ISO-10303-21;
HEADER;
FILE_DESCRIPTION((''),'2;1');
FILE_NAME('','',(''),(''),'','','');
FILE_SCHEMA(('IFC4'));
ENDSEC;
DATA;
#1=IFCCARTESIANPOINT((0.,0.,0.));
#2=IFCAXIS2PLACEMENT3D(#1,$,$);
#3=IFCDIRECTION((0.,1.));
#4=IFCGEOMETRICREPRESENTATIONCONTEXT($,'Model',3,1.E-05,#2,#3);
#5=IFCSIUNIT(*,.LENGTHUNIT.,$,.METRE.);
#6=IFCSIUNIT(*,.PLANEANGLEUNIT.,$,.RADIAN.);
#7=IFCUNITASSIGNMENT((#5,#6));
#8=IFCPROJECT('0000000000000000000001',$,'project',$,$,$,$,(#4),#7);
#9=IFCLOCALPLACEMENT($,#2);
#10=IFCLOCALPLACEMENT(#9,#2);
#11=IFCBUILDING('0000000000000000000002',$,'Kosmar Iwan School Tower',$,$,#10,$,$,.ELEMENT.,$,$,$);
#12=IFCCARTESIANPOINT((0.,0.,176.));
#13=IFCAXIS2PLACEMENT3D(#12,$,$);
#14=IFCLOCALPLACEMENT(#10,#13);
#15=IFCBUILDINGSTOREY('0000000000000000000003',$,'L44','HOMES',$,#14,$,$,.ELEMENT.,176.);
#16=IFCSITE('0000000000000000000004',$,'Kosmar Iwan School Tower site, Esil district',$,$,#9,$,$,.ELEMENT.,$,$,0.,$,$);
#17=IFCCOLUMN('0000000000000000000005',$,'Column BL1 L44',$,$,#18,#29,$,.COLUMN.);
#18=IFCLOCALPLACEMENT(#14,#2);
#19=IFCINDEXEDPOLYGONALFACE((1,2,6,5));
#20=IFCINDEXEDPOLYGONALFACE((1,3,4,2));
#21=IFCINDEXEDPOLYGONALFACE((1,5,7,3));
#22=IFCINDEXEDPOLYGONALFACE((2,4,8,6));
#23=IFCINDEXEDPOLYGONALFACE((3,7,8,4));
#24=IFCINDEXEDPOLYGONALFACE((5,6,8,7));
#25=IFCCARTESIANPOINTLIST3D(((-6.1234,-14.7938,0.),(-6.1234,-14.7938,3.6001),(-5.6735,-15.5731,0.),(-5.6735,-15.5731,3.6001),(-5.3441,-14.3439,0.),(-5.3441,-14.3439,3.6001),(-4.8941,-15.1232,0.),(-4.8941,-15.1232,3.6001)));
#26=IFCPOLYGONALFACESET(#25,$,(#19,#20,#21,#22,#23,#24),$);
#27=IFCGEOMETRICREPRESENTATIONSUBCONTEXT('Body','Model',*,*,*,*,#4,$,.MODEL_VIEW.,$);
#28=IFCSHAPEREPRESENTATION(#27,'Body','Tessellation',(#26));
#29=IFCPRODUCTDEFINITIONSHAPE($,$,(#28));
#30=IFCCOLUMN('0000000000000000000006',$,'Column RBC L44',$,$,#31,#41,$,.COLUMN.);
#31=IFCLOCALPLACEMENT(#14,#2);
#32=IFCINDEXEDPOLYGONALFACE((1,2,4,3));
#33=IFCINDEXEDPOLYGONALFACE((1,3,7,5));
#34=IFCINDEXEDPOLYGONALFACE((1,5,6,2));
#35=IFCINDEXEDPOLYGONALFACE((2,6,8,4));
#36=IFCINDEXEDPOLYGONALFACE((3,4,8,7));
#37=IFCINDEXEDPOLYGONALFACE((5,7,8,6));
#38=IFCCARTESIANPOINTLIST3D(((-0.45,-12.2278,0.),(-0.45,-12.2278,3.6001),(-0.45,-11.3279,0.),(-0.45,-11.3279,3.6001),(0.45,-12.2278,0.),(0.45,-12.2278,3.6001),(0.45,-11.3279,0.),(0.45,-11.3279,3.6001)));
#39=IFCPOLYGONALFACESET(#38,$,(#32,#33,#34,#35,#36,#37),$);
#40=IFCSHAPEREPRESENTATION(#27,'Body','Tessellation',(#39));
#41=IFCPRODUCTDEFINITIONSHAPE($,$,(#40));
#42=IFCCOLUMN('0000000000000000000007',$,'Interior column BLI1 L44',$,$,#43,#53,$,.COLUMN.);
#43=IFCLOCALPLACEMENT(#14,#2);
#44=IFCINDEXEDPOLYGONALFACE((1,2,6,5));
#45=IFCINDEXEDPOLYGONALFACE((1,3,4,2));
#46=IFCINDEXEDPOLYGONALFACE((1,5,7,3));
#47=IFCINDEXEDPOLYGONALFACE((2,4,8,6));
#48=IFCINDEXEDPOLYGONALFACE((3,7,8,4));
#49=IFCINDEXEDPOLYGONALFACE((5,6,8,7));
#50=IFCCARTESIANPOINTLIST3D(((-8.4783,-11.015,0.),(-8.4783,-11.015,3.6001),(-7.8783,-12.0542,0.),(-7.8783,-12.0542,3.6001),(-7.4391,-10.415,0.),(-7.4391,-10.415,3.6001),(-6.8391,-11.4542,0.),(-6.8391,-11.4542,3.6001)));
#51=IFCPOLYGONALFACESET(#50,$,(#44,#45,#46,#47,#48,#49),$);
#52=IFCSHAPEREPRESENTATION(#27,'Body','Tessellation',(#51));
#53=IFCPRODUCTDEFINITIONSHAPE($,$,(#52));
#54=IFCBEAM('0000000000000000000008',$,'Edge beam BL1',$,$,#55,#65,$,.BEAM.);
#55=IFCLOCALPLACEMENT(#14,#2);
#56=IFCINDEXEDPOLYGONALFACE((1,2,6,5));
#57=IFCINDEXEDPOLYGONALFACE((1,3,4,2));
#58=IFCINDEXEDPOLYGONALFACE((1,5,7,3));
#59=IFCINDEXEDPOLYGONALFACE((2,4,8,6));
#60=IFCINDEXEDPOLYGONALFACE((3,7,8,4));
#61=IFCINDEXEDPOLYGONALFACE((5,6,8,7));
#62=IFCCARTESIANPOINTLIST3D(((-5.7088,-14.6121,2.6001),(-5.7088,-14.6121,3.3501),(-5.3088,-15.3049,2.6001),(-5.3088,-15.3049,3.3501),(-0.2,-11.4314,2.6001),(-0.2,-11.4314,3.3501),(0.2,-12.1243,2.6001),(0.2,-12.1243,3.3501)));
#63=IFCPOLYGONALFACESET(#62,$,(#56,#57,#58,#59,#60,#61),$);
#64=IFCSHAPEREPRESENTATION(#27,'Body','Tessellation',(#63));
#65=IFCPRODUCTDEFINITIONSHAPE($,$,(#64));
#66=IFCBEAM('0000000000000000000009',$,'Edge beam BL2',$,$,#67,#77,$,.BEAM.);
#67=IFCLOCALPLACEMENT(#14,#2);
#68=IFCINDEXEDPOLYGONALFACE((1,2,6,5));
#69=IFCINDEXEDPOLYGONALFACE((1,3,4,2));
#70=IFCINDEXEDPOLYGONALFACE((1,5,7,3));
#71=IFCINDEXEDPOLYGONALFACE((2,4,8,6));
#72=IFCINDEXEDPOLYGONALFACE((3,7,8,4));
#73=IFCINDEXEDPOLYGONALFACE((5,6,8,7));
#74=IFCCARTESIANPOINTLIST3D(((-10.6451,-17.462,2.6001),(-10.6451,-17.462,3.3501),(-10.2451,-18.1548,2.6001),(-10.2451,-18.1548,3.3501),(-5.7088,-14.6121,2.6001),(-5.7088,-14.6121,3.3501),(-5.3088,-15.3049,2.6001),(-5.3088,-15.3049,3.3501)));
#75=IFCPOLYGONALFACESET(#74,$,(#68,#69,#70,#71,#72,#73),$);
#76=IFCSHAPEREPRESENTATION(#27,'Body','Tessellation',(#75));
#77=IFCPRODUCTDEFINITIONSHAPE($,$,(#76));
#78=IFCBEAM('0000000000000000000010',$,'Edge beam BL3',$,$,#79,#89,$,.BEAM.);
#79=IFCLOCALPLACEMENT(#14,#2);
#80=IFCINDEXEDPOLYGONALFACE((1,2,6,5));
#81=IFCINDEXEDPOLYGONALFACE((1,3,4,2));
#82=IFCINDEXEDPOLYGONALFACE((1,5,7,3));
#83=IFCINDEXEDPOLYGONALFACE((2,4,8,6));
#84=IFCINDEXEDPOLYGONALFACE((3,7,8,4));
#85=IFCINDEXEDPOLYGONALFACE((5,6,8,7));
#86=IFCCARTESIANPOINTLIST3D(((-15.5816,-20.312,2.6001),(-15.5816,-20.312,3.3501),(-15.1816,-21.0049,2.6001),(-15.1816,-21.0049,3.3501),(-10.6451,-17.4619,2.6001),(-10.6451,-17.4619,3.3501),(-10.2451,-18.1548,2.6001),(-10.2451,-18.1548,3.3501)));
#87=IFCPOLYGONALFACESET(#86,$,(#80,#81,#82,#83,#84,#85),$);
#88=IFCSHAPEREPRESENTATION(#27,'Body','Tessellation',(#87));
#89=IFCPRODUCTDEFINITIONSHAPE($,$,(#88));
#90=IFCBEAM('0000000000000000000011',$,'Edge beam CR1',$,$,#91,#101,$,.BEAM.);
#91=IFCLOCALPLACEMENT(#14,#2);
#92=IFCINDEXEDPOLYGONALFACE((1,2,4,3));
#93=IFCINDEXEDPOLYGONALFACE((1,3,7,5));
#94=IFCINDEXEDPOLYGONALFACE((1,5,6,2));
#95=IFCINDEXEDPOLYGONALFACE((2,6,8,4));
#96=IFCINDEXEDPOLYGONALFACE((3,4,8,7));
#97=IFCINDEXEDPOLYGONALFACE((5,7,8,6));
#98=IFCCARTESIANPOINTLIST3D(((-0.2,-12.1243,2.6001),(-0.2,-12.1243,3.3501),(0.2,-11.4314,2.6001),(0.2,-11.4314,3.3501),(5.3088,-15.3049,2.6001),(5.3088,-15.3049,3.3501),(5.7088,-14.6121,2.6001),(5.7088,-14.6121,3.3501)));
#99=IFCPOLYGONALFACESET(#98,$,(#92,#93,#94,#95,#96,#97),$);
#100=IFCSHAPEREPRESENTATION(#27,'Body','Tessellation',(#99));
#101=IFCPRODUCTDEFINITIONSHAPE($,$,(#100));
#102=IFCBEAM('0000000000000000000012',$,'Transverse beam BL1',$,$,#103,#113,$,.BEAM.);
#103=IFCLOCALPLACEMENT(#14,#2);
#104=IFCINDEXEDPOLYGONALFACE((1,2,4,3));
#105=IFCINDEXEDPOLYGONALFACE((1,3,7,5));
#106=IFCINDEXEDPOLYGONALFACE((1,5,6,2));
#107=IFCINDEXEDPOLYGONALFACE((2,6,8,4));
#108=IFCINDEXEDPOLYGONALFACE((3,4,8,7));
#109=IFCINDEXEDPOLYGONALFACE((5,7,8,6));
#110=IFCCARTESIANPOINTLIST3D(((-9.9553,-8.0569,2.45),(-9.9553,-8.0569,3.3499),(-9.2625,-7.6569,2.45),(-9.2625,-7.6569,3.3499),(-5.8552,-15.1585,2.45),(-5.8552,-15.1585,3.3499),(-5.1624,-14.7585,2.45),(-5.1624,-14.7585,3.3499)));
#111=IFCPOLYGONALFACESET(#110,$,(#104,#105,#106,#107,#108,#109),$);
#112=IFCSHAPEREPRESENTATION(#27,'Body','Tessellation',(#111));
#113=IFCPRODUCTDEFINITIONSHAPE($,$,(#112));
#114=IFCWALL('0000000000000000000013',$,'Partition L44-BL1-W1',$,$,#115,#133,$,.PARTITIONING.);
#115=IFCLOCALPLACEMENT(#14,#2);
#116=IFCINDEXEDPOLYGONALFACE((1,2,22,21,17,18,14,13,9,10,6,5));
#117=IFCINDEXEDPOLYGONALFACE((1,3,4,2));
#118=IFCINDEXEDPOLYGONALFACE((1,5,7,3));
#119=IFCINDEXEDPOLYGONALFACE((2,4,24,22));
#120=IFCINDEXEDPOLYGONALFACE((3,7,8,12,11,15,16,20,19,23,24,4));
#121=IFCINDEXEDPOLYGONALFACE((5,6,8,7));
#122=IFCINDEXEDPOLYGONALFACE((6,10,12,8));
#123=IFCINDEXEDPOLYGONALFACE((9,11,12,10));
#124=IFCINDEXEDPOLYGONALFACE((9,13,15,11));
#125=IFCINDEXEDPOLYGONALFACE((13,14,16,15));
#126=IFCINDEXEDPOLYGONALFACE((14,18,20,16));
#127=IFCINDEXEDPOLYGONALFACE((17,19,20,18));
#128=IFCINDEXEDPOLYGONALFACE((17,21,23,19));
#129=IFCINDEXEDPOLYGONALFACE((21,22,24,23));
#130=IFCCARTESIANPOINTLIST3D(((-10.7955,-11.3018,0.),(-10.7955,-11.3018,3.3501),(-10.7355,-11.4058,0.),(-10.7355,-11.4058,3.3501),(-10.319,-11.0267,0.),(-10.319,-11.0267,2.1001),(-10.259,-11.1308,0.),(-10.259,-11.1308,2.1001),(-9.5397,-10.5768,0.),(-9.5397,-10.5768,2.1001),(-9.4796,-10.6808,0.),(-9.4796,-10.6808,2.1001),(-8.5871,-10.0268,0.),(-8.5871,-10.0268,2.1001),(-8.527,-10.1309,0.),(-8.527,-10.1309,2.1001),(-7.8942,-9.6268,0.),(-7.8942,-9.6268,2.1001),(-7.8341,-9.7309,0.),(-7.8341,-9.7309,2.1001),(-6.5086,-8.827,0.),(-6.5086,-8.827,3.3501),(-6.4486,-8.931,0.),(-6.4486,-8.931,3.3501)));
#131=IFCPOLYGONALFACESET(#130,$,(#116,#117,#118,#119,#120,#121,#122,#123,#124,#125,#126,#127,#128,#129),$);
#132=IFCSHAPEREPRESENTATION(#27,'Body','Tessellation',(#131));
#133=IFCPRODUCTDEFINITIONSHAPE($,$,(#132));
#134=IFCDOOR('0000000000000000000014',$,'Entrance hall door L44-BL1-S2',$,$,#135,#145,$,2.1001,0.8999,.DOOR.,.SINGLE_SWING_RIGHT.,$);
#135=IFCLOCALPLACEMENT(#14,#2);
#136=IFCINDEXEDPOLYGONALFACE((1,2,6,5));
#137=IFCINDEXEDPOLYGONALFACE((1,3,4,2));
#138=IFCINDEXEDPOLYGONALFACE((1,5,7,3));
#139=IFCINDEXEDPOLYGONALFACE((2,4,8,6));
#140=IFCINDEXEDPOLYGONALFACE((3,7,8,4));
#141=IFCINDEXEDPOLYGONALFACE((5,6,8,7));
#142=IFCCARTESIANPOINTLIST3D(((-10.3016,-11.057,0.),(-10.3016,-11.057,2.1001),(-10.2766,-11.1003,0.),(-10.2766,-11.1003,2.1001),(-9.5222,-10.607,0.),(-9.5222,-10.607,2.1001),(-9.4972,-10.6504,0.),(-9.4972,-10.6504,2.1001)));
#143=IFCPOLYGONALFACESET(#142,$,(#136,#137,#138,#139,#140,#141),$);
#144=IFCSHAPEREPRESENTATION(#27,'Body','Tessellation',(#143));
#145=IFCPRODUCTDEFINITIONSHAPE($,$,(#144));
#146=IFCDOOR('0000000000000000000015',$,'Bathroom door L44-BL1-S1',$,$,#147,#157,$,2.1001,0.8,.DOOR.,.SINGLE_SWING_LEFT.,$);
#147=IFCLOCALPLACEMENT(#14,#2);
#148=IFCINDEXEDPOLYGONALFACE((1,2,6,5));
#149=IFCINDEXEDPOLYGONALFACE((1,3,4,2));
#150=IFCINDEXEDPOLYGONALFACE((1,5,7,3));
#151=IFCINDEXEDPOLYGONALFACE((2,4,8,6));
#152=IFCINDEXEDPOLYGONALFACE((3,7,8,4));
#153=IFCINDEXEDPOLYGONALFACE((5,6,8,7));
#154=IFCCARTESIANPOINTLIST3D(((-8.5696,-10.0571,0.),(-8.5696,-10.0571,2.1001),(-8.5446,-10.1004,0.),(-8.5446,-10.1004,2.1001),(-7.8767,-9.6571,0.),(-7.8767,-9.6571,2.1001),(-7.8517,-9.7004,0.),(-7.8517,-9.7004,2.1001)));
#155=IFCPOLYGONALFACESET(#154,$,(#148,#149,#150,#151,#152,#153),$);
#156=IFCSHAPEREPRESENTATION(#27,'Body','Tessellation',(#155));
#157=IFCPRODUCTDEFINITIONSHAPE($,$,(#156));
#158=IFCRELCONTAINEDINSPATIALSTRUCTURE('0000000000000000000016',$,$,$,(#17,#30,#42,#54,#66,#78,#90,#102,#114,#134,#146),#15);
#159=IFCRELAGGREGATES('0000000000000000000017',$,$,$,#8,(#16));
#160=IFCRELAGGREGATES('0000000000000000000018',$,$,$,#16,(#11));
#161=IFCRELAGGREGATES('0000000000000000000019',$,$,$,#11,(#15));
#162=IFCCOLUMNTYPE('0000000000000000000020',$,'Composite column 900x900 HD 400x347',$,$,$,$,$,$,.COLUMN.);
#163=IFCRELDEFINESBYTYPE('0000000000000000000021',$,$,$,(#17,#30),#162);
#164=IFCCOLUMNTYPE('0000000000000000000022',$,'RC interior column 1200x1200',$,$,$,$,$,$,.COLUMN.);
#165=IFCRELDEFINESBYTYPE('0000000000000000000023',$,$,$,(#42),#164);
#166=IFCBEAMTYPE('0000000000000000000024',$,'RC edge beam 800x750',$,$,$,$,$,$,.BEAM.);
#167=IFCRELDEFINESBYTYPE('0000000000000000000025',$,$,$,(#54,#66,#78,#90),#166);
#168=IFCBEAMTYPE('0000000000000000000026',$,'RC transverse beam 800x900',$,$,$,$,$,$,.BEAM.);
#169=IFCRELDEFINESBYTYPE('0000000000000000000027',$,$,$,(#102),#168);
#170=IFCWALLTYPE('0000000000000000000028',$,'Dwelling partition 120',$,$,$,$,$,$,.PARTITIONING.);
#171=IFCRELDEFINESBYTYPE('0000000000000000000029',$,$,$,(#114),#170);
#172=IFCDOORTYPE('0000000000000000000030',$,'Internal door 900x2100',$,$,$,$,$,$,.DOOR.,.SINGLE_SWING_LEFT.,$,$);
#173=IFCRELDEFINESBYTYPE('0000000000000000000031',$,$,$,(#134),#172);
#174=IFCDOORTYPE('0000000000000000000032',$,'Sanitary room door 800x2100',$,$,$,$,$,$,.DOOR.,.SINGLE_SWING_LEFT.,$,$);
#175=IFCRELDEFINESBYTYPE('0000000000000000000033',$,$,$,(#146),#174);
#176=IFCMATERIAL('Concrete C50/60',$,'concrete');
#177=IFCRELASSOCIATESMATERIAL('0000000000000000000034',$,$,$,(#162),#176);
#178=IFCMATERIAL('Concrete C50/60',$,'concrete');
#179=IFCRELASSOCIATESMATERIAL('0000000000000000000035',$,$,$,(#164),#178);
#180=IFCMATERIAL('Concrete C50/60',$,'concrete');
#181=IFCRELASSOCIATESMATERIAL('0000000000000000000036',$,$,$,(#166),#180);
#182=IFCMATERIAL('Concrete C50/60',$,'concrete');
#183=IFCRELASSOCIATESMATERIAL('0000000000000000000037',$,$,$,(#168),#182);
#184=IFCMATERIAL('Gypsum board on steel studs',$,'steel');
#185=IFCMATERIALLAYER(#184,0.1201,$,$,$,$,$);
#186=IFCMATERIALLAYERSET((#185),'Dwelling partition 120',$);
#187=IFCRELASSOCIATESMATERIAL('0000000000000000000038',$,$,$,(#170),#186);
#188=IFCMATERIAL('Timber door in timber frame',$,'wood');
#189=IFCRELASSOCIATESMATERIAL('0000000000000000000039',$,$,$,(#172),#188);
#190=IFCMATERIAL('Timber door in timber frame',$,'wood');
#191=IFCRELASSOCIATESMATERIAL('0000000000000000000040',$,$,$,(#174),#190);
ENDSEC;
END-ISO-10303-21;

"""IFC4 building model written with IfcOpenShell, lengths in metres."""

from ifc_helpers import new_model, si_unit, direction, frame, frame_2d, origin, origin_2d, place, context, subcontext, project, spatial, rectangle, extrude, material, layer, layer_set, material_profile, profile_set, type_object, element, fill, save


model = new_model("IFC4")

# Units and contexts
model_context = context("Model", 3, precision=1e-05, world=origin(), true_north=direction((0.0, 1.0)))
body_context = subcontext(model_context, "Body", "Model", "MODEL_VIEW")
ifc_project = project(units=[si_unit("LENGTHUNIT", "METRE"), si_unit("PLANEANGLEUNIT", "RADIAN")], contexts=[model_context])

# Site, building, storey
site_placement = place(None, origin())
site = spatial("IfcSite", under=ifc_project, at=site_placement, Name="Kosmar Iwan School Tower site, Esil district", CompositionType="ELEMENT", RefElevation=0.0)
building_placement = place(site_placement, origin())
building = spatial("IfcBuilding", under=site, at=building_placement, Name="Kosmar Iwan School Tower", CompositionType="ELEMENT")
storey_placement = place(building_placement, frame((0.0, 0.0, 176.0)))
storey = spatial("IfcBuildingStorey", under=building, at=storey_placement, Name="L44", Description="HOMES", CompositionType="ELEMENT", Elevation=176.0)

# Columns
ifc_material_1 = material(Name="Concrete C50/60", Category="concrete")
ifc_material_profile_1 = material_profile(ifc_material_1, rectangle(XDim=0.8999, YDim=0.8999, at=origin_2d()), Name="RC 900x900 + HD 400x347")
ifc_profile_set_1 = profile_set([ifc_material_profile_1], Name="Concrete C50/60")
column_type_1 = type_object("IfcColumnType", Name="Composite column 900x900 HD 400x347", PredefinedType="COLUMN", material=ifc_profile_set_1)
for number, where, z_axis, x_axis, name in (
    (1, (-5.5088, -14.9585, 0.0), (0.0, 0.0, 1.0), (-0.866025, -0.5, 0.0), "Column BL1 L44"),
    (2, (0.0, -11.7778, 0.0), (0.0, 0.0, 1.0), (1.0, 0.0, 0.0), "Column RBC L44"),
):
    element("IfcColumn", number, at=place(storey_placement, frame(where, z_axis=z_axis, x_axis=x_axis)), inside=storey, type_object=column_type_1, Name=name, PredefinedType="COLUMN", context=body_context, shape_type="SweptSolid", body=[
        extrude(rectangle(XDim=0.8999, YDim=0.8999, at=origin_2d()), origin(), (0.0, 0.0, 1.0), 3.6001),
    ])
ifc_material_2 = material(Name="Concrete C50/60", Category="concrete")
ifc_material_profile_2 = material_profile(ifc_material_2, rectangle(XDim=1.2, YDim=1.2, at=origin_2d()), Name="RC 1200x1200")
ifc_profile_set_2 = profile_set([ifc_material_profile_2], Name="Concrete C50/60")
column_type_2 = type_object("IfcColumnType", Name="RC interior column 1200x1200", PredefinedType="COLUMN", material=ifc_profile_set_2)
column_placement = place(storey_placement, frame((-7.6587, -11.2346, 0.0), z_axis=(0.0, 0.0, 1.0), x_axis=(-0.866025, -0.5, 0.0)))
element("IfcColumn", 3, at=column_placement, inside=storey, type_object=column_type_2, Name="Interior column BLI1 L44", PredefinedType="COLUMN", context=body_context, shape_type="SweptSolid", body=[
    extrude(rectangle(XDim=1.2, YDim=1.2, at=origin_2d()), origin(), (0.0, 0.0, 1.0), 3.6001),
])

# Beams
ifc_material_3 = material(Name="Concrete C50/60", Category="concrete")
ifc_material_profile_3 = material_profile(ifc_material_3, rectangle(XDim=0.8, YDim=0.75, at=origin_2d()), Name="RC 800x750")
ifc_profile_set_3 = profile_set([ifc_material_profile_3], Name="Concrete C50/60")
beam_type_1 = type_object("IfcBeamType", Name="RC edge beam 800x750", PredefinedType="BEAM", material=ifc_profile_set_3)
beam_1_placement = place(storey_placement, frame((0.0, -11.7778, 2.9751), z_axis=(-0.866014, -0.500019, 0.0), x_axis=(0.500019, -0.866014, 0.0)))
element("IfcBeam", 4, at=beam_1_placement, inside=storey, type_object=beam_type_1, Name="Edge beam BL1", PredefinedType="BEAM", context=body_context, shape_type="SweptSolid", body=[
    extrude(rectangle(XDim=0.8, YDim=0.75, at=origin_2d()), origin(), (0.0, 0.0, 1.0), 6.3611),
])
beam_2_placement = place(storey_placement, frame((-5.5088, -14.9585, 2.9751), z_axis=(-0.866034, -0.499986, 0.0), x_axis=(0.499986, -0.866034, 0.0)))
element("IfcBeam", 5, at=beam_2_placement, inside=storey, type_object=beam_type_1, Name="Edge beam BL2", PredefinedType="BEAM", context=body_context, shape_type="SweptSolid", body=[
    extrude(rectangle(XDim=0.8, YDim=0.75, at=origin_2d()), origin(), (0.0, 0.0, 1.0), 5.7),
])
beam_3_placement = place(storey_placement, frame((-10.4451, -17.8083, 2.9751), z_axis=(-0.866026, -0.499999, 0.0), x_axis=(0.499999, -0.866026, 0.0)))
element("IfcBeam", 6, at=beam_3_placement, inside=storey, type_object=beam_type_1, Name="Edge beam BL3", PredefinedType="BEAM", context=body_context, shape_type="SweptSolid", body=[
    extrude(rectangle(XDim=0.8, YDim=0.75, at=origin_2d()), origin(), (0.0, 0.0, 1.0), 5.7002),
])
beam_4_placement = place(storey_placement, frame((0.0, -11.7778, 2.9751), z_axis=(0.866014, -0.500019, 0.0), x_axis=(0.500019, 0.866014, 0.0)))
element("IfcBeam", 7, at=beam_4_placement, inside=storey, type_object=beam_type_1, Name="Edge beam CR1", PredefinedType="BEAM", context=body_context, shape_type="SweptSolid", body=[
    extrude(rectangle(XDim=0.8, YDim=0.75, at=origin_2d()), origin(), (0.0, 0.0, 1.0), 6.3611),
])
ifc_material_4 = material(Name="Concrete C50/60", Category="concrete")
ifc_material_profile_4 = material_profile(ifc_material_4, rectangle(XDim=0.8, YDim=0.8999, at=origin_2d()), Name="RC 800x900")
ifc_profile_set_4 = profile_set([ifc_material_profile_4], Name="Concrete C50/60")
beam_type_2 = type_object("IfcBeamType", Name="RC transverse beam 800x900", PredefinedType="BEAM", material=ifc_profile_set_4)
beam_5_placement = place(storey_placement, frame((-5.5088, -14.9585, 2.8999), z_axis=(-0.500001, 0.866025, 0.0), x_axis=(-0.866025, -0.500001, 0.0)))
element("IfcBeam", 8, at=beam_5_placement, inside=storey, type_object=beam_type_2, Name="Transverse beam BL1", PredefinedType="BEAM", context=body_context, shape_type="SweptSolid", body=[
    extrude(rectangle(XDim=0.8, YDim=0.8999, at=origin_2d()), origin(), (0.0, 0.0, 1.0), 8.2002),
])

# Wall, openings, doors
ifc_material_5 = material(Name="Gypsum board on steel studs", Category="steel")
ifc_layer_1 = layer(ifc_material_5, 0.1201)
ifc_layer_set_1 = layer_set([ifc_layer_1], Name="Dwelling partition 120")
wall_type_1 = type_object("IfcWallType", Name="Dwelling partition 120", PredefinedType="PARTITIONING", material=ifc_layer_set_1)
wall_1_placement = place(storey_placement, frame((-6.4785, -8.8789, 0.0), z_axis=(0.0, 0.0, 1.0), x_axis=(-0.86604, -0.499974, 0.0)))
wall_1 = element("IfcWall", 9, at=wall_1_placement, inside=storey, type_object=wall_type_1, Name="Partition L44-BL1-W1", PredefinedType="PARTITIONING", context=body_context, shape_type="SweptSolid", body=[
    extrude(rectangle(XDim=4.95, YDim=0.1201, at=frame_2d((2.4751, 0.0))), origin(), (0.0, 0.0, 1.0), 3.3501),
])
opening_1_placement = place(wall_1_placement, frame((1.6001, 0.0, 0.0)))
opening_1 = element("IfcOpeningElement", 10, at=opening_1_placement, cuts=wall_1, PredefinedType="OPENING", context=body_context, shape_type="SweptSolid", body=[
    extrude(rectangle(XDim=0.8, YDim=2.1001, at=frame_2d((0.3999, 1.05))), frame((0.0, 0.072, 0.0), z_axis=(0.0, -1.0, 0.0), x_axis=(1.0, 0.0, 0.0)), (0.0, 0.0, 1.0), 0.144),
])
opening_2_placement = place(wall_1_placement, frame((3.5, 0.0, 0.0)))
opening_2 = element("IfcOpeningElement", 11, at=opening_2_placement, cuts=wall_1, PredefinedType="OPENING", context=body_context, shape_type="SweptSolid", body=[
    extrude(rectangle(XDim=0.8999, YDim=2.1001, at=frame_2d((0.45, 1.05))), frame((0.0, 0.072, 0.0), z_axis=(0.0, -1.0, 0.0), x_axis=(1.0, 0.0, 0.0)), (0.0, 0.0, 1.0), 0.144),
])
ifc_material_6 = material(Name="Timber door in timber frame", Category="wood")
door_type_1 = type_object("IfcDoorType", Name="Internal door 900x2100", OperationType="SINGLE_SWING_LEFT", PredefinedType="DOOR", material=ifc_material_6)
door_1_placement = place(opening_2_placement, origin())
door_1 = element("IfcDoor", 12, at=door_1_placement, inside=storey, type_object=door_type_1, Name="Entrance hall door L44-BL1-S2", OperationType="SINGLE_SWING_RIGHT", OverallHeight=2.1001, OverallWidth=0.8999, PredefinedType="DOOR", context=body_context, shape_type="SweptSolid", body=[
    extrude(rectangle(XDim=0.8999, YDim=2.1001, at=frame_2d((0.45, 1.05))), frame((0.0, 0.0249, 0.0), z_axis=(0.0, -1.0, 0.0), x_axis=(1.0, 0.0, 0.0)), (0.0, 0.0, 1.0), 0.05),
])
fill(opening_2, door_1)
ifc_material_7 = material(Name="Timber door in timber frame", Category="wood")
door_type_2 = type_object("IfcDoorType", Name="Sanitary room door 800x2100", OperationType="SINGLE_SWING_LEFT", PredefinedType="DOOR", material=ifc_material_7)
door_2_placement = place(opening_1_placement, origin())
door_2 = element("IfcDoor", 13, at=door_2_placement, inside=storey, type_object=door_type_2, Name="Bathroom door L44-BL1-S1", OperationType="SINGLE_SWING_LEFT", OverallHeight=2.1001, OverallWidth=0.8, PredefinedType="DOOR", context=body_context, shape_type="SweptSolid", body=[
    extrude(rectangle(XDim=0.8, YDim=2.1001, at=frame_2d((0.3999, 1.05))), frame((0.0, 0.0249, 0.0), z_axis=(0.0, -1.0, 0.0), x_axis=(1.0, 0.0, 0.0)), (0.0, 0.0, 1.0), 0.05),
])
fill(opening_1, door_2)

save(model, "model.ifc")
